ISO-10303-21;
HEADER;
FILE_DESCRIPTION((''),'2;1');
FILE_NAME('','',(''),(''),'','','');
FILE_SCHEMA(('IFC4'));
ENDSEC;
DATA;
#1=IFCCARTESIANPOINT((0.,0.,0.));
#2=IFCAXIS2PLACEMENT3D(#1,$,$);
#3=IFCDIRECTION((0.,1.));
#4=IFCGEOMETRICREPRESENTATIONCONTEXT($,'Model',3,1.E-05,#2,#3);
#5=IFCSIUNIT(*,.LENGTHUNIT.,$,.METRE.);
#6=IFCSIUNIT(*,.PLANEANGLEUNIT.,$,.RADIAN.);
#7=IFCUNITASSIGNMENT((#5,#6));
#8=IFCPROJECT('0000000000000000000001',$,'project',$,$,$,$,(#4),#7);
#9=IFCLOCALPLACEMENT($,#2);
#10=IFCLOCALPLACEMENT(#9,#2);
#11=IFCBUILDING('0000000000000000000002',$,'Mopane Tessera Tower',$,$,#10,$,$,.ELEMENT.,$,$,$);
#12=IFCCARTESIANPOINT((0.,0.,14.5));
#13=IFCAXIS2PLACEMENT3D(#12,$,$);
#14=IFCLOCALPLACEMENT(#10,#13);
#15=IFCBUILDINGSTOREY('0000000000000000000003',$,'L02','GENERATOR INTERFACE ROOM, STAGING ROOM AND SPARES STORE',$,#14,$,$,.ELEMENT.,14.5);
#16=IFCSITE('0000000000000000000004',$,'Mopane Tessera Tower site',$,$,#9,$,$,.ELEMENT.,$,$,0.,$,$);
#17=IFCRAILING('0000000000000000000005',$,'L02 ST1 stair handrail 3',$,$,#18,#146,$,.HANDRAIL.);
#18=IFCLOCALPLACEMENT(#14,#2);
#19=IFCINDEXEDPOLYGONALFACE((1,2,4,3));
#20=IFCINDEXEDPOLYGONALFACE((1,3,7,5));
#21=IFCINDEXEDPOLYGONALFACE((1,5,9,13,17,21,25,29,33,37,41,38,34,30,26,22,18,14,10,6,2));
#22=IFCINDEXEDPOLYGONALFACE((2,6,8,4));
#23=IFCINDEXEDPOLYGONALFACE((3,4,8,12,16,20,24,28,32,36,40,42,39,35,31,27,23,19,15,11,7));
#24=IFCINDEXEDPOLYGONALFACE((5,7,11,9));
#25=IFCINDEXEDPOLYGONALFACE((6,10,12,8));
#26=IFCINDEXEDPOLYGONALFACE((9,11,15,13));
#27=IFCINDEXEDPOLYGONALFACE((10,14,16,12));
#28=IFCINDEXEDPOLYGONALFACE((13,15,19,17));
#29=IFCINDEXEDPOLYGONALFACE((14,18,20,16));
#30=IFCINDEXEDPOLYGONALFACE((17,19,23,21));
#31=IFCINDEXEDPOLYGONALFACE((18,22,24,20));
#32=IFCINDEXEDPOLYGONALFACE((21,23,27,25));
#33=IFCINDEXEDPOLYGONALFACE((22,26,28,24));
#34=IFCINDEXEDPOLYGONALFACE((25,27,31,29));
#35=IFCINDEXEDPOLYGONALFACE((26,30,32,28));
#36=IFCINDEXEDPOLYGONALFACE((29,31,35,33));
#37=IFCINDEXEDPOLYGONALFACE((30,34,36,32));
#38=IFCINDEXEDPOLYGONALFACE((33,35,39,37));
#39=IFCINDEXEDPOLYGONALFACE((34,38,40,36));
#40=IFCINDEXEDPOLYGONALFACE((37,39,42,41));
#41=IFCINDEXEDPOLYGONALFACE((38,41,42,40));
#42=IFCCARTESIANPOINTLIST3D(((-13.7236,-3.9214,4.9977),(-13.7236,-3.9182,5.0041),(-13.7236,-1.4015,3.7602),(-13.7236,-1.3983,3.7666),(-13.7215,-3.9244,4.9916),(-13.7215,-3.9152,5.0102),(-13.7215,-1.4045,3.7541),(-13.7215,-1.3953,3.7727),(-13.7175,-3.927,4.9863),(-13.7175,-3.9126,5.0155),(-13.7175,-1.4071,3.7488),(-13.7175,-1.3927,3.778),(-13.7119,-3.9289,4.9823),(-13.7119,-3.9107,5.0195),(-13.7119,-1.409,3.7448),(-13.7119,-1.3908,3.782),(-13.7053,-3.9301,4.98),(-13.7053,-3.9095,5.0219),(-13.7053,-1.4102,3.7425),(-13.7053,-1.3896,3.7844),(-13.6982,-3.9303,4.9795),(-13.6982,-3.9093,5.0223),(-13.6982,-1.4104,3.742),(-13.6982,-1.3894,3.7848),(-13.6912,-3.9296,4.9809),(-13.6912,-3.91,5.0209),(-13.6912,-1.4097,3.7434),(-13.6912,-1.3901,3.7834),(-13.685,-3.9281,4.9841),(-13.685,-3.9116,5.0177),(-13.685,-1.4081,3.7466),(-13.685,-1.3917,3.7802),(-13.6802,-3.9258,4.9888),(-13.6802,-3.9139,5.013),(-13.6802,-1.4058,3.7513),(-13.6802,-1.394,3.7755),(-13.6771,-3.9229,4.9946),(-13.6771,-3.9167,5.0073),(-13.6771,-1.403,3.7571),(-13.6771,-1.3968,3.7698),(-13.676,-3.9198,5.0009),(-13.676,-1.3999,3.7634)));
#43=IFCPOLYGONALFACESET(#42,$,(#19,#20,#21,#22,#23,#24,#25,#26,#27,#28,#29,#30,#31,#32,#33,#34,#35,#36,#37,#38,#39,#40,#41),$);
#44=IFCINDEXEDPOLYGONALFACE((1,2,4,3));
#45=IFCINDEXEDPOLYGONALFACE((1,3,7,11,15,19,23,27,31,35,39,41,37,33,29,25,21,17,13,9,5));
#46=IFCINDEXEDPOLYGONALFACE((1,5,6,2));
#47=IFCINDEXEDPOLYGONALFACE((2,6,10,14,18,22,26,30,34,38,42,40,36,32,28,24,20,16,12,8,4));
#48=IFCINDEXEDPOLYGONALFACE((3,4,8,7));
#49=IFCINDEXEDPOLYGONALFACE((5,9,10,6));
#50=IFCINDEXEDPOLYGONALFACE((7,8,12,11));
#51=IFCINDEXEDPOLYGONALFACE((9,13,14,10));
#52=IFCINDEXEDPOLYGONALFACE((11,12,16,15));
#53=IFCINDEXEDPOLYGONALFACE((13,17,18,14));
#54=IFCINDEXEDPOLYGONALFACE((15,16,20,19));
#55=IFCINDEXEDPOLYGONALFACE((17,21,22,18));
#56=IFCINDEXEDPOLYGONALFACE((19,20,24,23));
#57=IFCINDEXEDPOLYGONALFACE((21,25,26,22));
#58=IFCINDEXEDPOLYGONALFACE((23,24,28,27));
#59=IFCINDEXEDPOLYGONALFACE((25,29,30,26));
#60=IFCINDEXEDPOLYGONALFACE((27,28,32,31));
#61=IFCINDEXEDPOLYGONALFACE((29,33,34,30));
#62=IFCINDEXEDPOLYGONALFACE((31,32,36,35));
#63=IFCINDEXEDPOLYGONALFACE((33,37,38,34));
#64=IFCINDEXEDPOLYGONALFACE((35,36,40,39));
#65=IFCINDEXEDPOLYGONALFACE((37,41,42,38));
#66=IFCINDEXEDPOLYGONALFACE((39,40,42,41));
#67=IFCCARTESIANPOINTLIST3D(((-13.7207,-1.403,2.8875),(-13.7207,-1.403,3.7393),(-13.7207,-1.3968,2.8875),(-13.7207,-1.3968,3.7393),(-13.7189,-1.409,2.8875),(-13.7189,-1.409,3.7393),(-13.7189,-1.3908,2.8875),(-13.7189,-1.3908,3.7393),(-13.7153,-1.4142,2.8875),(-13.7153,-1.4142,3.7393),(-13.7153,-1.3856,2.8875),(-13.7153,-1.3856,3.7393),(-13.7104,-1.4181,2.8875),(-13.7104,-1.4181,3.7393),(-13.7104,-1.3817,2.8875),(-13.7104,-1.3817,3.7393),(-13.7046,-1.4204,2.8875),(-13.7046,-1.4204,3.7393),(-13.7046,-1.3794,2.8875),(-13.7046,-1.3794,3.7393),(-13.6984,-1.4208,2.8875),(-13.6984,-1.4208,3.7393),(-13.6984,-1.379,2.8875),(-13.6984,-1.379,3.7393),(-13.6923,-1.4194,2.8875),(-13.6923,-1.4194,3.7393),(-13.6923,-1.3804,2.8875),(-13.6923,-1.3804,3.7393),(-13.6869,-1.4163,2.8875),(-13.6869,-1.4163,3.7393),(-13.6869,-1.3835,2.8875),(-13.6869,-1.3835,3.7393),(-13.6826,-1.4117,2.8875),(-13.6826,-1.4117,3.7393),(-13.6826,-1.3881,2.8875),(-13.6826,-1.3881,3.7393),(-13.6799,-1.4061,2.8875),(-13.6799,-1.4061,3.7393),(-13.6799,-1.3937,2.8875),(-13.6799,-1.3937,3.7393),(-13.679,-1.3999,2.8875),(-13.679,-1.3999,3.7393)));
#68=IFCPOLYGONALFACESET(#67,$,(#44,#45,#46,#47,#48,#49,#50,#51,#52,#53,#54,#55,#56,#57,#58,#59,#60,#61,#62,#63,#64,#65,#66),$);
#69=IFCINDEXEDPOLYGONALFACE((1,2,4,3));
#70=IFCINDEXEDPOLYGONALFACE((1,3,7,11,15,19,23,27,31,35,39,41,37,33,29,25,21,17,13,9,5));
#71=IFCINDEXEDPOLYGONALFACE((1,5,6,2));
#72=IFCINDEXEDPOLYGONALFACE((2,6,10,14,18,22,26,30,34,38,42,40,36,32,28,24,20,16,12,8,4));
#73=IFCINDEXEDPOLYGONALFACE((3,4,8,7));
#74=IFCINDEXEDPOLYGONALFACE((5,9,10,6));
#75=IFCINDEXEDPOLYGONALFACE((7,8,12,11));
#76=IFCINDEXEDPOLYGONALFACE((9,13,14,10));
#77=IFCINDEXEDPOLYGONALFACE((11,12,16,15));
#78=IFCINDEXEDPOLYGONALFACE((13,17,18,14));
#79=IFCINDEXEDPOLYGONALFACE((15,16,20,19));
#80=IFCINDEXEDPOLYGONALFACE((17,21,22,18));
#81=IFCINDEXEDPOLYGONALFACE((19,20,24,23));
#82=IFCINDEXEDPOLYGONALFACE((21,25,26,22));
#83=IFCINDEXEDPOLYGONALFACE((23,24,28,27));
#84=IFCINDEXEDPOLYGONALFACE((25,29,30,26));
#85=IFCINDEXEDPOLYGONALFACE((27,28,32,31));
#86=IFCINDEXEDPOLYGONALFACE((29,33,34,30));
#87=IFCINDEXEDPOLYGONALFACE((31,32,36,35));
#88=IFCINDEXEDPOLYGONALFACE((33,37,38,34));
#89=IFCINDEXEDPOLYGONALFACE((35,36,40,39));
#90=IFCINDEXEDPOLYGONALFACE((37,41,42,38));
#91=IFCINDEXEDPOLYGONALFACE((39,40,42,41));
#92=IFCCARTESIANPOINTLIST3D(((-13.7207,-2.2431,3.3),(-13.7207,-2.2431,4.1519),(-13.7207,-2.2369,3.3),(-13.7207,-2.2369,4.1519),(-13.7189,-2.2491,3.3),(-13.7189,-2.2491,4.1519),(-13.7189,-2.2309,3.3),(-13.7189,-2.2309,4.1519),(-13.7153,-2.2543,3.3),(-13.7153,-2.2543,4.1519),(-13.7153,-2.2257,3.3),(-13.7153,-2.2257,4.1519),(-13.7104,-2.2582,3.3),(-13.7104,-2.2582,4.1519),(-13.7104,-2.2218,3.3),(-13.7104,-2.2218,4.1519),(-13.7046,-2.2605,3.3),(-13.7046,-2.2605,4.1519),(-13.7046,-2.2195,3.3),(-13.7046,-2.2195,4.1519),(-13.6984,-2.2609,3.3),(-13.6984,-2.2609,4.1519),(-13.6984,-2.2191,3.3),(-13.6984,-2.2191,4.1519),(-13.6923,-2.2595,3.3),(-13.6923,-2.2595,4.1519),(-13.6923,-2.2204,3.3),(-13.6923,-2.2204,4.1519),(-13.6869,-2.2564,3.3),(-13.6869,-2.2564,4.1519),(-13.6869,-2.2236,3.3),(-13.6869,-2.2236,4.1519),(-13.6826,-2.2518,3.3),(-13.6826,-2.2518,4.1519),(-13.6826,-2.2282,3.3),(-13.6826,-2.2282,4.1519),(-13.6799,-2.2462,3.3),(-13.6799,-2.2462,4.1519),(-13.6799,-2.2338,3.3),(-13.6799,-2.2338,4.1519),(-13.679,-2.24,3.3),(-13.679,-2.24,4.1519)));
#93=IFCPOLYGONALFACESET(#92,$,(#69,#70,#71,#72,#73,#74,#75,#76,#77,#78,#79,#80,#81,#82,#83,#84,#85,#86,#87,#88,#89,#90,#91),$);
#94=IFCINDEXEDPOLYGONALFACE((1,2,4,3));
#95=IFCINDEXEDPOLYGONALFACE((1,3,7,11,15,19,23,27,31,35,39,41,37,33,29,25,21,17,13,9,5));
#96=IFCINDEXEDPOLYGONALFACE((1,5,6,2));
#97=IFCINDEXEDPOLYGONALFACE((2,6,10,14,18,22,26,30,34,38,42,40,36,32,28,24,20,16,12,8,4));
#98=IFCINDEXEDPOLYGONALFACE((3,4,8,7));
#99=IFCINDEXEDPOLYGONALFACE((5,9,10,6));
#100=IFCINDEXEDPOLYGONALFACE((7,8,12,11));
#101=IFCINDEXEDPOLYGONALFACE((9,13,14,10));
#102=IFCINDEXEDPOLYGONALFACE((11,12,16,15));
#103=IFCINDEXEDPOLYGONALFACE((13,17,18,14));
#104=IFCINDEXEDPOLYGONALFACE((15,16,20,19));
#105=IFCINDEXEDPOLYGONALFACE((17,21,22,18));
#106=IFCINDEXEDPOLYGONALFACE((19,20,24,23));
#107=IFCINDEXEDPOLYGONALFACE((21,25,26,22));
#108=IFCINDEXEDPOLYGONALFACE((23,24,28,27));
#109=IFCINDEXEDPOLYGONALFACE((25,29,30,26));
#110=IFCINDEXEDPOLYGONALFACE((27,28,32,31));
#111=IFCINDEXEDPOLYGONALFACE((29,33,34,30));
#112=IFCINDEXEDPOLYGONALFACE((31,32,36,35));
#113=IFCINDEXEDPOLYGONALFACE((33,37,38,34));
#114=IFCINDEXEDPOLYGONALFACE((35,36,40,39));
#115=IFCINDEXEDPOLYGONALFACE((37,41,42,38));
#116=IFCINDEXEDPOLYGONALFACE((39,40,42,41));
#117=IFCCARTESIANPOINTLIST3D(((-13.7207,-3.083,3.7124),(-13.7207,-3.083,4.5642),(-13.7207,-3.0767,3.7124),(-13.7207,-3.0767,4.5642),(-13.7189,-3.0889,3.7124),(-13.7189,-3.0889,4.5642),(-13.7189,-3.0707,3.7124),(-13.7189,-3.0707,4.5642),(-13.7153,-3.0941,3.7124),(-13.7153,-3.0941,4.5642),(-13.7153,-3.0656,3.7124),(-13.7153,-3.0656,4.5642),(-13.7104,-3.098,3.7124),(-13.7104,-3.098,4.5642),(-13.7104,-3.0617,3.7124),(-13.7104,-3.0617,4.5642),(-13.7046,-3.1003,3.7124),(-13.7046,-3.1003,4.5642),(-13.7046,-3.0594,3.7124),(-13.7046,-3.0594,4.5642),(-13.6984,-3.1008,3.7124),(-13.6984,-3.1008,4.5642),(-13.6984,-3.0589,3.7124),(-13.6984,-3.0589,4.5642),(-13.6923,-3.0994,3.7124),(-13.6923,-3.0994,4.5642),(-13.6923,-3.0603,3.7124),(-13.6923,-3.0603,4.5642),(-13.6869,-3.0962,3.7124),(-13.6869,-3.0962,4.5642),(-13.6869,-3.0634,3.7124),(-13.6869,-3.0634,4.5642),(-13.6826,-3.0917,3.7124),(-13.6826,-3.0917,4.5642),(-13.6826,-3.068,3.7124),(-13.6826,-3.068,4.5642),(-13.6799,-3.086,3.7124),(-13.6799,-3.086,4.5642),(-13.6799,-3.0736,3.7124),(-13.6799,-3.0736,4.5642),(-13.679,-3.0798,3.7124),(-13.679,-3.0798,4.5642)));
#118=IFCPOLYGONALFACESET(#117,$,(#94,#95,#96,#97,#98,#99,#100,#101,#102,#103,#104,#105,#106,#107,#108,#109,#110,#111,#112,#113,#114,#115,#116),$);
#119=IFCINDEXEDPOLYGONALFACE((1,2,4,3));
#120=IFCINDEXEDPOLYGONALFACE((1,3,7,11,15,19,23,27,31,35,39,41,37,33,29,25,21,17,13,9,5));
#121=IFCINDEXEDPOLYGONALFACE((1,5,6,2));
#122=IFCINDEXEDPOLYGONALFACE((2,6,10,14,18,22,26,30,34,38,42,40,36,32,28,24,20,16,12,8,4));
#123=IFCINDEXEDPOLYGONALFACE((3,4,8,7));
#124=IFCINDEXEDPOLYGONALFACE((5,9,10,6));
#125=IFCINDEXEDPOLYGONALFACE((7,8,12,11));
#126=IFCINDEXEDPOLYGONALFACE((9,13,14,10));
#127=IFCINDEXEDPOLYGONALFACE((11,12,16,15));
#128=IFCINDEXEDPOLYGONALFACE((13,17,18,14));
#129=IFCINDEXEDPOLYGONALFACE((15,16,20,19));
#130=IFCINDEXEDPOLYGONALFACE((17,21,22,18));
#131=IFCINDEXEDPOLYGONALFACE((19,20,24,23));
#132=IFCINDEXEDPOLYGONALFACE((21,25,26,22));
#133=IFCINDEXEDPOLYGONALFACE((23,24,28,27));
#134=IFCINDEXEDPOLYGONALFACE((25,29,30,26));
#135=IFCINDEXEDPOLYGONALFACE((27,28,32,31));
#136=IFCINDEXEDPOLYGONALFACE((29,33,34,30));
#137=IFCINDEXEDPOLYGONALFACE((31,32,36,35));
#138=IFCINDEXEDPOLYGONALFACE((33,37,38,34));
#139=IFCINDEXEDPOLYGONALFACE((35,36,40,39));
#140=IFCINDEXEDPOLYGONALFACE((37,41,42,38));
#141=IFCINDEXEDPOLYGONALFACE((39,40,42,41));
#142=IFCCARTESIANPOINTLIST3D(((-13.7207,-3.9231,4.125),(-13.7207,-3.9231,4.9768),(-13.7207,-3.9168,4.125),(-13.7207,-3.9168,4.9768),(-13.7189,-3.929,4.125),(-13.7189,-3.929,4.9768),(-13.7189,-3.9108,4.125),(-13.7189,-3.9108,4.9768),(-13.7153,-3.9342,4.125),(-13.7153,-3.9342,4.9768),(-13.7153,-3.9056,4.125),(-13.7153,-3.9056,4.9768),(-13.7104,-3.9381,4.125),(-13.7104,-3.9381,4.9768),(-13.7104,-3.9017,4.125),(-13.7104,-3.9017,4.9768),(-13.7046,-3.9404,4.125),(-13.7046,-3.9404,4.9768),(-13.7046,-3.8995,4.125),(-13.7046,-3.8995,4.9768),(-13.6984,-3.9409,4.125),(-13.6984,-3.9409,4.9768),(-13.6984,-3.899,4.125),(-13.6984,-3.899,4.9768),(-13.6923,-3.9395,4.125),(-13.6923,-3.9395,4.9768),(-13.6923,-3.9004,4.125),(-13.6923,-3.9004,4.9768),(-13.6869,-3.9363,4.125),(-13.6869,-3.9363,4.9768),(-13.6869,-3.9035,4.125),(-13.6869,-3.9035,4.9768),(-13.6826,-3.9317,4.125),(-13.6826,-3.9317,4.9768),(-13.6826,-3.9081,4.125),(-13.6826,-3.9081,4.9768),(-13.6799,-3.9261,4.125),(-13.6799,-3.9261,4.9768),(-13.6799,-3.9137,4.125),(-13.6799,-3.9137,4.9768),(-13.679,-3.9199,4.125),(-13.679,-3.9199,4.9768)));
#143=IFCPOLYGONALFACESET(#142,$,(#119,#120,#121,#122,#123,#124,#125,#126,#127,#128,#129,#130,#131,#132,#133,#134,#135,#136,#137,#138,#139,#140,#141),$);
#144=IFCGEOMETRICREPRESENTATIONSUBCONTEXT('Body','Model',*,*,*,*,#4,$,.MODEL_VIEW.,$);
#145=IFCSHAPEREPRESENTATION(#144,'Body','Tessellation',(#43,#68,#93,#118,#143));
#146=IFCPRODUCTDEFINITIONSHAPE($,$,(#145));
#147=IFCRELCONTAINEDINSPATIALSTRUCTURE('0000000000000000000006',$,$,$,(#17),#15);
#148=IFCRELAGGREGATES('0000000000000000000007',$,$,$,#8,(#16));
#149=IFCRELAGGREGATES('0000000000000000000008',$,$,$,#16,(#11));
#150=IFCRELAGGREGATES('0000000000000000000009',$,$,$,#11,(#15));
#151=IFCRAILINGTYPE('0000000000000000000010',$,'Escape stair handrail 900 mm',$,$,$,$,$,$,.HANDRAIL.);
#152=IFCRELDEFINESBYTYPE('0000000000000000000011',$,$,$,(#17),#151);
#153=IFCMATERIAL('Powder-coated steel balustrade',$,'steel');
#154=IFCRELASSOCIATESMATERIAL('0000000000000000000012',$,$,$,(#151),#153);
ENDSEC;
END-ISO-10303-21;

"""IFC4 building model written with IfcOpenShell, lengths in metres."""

from ifc_helpers import new_model, si_unit, direction, frame, origin, origin_2d, place, context, subcontext, project, spatial, circle, extrude, material, type_object, element, save


model = new_model("IFC4")

# Units and contexts
model_context = context("Model", 3, precision=1e-05, world=origin(), true_north=direction((0.0, 1.0)))
body_context = subcontext(model_context, "Body", "Model", "MODEL_VIEW")
ifc_project = project(units=[si_unit("LENGTHUNIT", "METRE"), si_unit("PLANEANGLEUNIT", "RADIAN")], contexts=[model_context])

# Site, building, storey
site_placement = place(None, origin())
site = spatial("IfcSite", under=ifc_project, at=site_placement, Name="Mopane Tessera Tower site", CompositionType="ELEMENT", RefElevation=0.0)
building_placement = place(site_placement, origin())
building = spatial("IfcBuilding", under=site, at=building_placement, Name="Mopane Tessera Tower", CompositionType="ELEMENT")
storey_placement = place(building_placement, frame((0.0, 0.0, 14.5)))
storey = spatial("IfcBuildingStorey", under=building, at=storey_placement, Name="L02", Description="GENERATOR INTERFACE ROOM, STAGING ROOM AND SPARES STORE", CompositionType="ELEMENT", Elevation=14.5)

# Railing
ifc_material_1 = material(Name="Powder-coated steel balustrade", Category="steel")
railing_type_1 = type_object("IfcRailingType", Name="Escape stair handrail 900 mm", PredefinedType="HANDRAIL", material=ifc_material_1)
railing_1_placement = place(storey_placement, frame((-13.7, -1.3999, 2.8875)))
element("IfcRailing", 1, at=railing_1_placement, inside=storey, type_object=railing_type_1, Name="L02 ST1 stair handrail 3", PredefinedType="HANDRAIL", context=body_context, shape_type="SweptSolid", body=[
    extrude(circle(Radius=0.0239, at=origin_2d()), frame((0.0, 0.0, 0.876), z_axis=(0.0, -0.897604, 0.440802), x_axis=(1.0, 0.0, 0.0)), (0.0, 0.0, 1.0), 2.8074),
    extrude(circle(Radius=0.021, at=origin_2d()), origin(), (0.0, 0.0, 1.0), 0.8518),
    extrude(circle(Radius=0.021, at=origin_2d()), frame((0.0, -0.8401, 0.4126)), (0.0, 0.0, 1.0), 0.8518),
    extrude(circle(Radius=0.021, at=origin_2d()), frame((0.0, -1.6799, 0.825)), (0.0, 0.0, 1.0), 0.8518),
    extrude(circle(Radius=0.021, at=origin_2d()), frame((0.0, -2.52, 1.2375)), (0.0, 0.0, 1.0), 0.8518),
])

save(model, "model.ifc")
